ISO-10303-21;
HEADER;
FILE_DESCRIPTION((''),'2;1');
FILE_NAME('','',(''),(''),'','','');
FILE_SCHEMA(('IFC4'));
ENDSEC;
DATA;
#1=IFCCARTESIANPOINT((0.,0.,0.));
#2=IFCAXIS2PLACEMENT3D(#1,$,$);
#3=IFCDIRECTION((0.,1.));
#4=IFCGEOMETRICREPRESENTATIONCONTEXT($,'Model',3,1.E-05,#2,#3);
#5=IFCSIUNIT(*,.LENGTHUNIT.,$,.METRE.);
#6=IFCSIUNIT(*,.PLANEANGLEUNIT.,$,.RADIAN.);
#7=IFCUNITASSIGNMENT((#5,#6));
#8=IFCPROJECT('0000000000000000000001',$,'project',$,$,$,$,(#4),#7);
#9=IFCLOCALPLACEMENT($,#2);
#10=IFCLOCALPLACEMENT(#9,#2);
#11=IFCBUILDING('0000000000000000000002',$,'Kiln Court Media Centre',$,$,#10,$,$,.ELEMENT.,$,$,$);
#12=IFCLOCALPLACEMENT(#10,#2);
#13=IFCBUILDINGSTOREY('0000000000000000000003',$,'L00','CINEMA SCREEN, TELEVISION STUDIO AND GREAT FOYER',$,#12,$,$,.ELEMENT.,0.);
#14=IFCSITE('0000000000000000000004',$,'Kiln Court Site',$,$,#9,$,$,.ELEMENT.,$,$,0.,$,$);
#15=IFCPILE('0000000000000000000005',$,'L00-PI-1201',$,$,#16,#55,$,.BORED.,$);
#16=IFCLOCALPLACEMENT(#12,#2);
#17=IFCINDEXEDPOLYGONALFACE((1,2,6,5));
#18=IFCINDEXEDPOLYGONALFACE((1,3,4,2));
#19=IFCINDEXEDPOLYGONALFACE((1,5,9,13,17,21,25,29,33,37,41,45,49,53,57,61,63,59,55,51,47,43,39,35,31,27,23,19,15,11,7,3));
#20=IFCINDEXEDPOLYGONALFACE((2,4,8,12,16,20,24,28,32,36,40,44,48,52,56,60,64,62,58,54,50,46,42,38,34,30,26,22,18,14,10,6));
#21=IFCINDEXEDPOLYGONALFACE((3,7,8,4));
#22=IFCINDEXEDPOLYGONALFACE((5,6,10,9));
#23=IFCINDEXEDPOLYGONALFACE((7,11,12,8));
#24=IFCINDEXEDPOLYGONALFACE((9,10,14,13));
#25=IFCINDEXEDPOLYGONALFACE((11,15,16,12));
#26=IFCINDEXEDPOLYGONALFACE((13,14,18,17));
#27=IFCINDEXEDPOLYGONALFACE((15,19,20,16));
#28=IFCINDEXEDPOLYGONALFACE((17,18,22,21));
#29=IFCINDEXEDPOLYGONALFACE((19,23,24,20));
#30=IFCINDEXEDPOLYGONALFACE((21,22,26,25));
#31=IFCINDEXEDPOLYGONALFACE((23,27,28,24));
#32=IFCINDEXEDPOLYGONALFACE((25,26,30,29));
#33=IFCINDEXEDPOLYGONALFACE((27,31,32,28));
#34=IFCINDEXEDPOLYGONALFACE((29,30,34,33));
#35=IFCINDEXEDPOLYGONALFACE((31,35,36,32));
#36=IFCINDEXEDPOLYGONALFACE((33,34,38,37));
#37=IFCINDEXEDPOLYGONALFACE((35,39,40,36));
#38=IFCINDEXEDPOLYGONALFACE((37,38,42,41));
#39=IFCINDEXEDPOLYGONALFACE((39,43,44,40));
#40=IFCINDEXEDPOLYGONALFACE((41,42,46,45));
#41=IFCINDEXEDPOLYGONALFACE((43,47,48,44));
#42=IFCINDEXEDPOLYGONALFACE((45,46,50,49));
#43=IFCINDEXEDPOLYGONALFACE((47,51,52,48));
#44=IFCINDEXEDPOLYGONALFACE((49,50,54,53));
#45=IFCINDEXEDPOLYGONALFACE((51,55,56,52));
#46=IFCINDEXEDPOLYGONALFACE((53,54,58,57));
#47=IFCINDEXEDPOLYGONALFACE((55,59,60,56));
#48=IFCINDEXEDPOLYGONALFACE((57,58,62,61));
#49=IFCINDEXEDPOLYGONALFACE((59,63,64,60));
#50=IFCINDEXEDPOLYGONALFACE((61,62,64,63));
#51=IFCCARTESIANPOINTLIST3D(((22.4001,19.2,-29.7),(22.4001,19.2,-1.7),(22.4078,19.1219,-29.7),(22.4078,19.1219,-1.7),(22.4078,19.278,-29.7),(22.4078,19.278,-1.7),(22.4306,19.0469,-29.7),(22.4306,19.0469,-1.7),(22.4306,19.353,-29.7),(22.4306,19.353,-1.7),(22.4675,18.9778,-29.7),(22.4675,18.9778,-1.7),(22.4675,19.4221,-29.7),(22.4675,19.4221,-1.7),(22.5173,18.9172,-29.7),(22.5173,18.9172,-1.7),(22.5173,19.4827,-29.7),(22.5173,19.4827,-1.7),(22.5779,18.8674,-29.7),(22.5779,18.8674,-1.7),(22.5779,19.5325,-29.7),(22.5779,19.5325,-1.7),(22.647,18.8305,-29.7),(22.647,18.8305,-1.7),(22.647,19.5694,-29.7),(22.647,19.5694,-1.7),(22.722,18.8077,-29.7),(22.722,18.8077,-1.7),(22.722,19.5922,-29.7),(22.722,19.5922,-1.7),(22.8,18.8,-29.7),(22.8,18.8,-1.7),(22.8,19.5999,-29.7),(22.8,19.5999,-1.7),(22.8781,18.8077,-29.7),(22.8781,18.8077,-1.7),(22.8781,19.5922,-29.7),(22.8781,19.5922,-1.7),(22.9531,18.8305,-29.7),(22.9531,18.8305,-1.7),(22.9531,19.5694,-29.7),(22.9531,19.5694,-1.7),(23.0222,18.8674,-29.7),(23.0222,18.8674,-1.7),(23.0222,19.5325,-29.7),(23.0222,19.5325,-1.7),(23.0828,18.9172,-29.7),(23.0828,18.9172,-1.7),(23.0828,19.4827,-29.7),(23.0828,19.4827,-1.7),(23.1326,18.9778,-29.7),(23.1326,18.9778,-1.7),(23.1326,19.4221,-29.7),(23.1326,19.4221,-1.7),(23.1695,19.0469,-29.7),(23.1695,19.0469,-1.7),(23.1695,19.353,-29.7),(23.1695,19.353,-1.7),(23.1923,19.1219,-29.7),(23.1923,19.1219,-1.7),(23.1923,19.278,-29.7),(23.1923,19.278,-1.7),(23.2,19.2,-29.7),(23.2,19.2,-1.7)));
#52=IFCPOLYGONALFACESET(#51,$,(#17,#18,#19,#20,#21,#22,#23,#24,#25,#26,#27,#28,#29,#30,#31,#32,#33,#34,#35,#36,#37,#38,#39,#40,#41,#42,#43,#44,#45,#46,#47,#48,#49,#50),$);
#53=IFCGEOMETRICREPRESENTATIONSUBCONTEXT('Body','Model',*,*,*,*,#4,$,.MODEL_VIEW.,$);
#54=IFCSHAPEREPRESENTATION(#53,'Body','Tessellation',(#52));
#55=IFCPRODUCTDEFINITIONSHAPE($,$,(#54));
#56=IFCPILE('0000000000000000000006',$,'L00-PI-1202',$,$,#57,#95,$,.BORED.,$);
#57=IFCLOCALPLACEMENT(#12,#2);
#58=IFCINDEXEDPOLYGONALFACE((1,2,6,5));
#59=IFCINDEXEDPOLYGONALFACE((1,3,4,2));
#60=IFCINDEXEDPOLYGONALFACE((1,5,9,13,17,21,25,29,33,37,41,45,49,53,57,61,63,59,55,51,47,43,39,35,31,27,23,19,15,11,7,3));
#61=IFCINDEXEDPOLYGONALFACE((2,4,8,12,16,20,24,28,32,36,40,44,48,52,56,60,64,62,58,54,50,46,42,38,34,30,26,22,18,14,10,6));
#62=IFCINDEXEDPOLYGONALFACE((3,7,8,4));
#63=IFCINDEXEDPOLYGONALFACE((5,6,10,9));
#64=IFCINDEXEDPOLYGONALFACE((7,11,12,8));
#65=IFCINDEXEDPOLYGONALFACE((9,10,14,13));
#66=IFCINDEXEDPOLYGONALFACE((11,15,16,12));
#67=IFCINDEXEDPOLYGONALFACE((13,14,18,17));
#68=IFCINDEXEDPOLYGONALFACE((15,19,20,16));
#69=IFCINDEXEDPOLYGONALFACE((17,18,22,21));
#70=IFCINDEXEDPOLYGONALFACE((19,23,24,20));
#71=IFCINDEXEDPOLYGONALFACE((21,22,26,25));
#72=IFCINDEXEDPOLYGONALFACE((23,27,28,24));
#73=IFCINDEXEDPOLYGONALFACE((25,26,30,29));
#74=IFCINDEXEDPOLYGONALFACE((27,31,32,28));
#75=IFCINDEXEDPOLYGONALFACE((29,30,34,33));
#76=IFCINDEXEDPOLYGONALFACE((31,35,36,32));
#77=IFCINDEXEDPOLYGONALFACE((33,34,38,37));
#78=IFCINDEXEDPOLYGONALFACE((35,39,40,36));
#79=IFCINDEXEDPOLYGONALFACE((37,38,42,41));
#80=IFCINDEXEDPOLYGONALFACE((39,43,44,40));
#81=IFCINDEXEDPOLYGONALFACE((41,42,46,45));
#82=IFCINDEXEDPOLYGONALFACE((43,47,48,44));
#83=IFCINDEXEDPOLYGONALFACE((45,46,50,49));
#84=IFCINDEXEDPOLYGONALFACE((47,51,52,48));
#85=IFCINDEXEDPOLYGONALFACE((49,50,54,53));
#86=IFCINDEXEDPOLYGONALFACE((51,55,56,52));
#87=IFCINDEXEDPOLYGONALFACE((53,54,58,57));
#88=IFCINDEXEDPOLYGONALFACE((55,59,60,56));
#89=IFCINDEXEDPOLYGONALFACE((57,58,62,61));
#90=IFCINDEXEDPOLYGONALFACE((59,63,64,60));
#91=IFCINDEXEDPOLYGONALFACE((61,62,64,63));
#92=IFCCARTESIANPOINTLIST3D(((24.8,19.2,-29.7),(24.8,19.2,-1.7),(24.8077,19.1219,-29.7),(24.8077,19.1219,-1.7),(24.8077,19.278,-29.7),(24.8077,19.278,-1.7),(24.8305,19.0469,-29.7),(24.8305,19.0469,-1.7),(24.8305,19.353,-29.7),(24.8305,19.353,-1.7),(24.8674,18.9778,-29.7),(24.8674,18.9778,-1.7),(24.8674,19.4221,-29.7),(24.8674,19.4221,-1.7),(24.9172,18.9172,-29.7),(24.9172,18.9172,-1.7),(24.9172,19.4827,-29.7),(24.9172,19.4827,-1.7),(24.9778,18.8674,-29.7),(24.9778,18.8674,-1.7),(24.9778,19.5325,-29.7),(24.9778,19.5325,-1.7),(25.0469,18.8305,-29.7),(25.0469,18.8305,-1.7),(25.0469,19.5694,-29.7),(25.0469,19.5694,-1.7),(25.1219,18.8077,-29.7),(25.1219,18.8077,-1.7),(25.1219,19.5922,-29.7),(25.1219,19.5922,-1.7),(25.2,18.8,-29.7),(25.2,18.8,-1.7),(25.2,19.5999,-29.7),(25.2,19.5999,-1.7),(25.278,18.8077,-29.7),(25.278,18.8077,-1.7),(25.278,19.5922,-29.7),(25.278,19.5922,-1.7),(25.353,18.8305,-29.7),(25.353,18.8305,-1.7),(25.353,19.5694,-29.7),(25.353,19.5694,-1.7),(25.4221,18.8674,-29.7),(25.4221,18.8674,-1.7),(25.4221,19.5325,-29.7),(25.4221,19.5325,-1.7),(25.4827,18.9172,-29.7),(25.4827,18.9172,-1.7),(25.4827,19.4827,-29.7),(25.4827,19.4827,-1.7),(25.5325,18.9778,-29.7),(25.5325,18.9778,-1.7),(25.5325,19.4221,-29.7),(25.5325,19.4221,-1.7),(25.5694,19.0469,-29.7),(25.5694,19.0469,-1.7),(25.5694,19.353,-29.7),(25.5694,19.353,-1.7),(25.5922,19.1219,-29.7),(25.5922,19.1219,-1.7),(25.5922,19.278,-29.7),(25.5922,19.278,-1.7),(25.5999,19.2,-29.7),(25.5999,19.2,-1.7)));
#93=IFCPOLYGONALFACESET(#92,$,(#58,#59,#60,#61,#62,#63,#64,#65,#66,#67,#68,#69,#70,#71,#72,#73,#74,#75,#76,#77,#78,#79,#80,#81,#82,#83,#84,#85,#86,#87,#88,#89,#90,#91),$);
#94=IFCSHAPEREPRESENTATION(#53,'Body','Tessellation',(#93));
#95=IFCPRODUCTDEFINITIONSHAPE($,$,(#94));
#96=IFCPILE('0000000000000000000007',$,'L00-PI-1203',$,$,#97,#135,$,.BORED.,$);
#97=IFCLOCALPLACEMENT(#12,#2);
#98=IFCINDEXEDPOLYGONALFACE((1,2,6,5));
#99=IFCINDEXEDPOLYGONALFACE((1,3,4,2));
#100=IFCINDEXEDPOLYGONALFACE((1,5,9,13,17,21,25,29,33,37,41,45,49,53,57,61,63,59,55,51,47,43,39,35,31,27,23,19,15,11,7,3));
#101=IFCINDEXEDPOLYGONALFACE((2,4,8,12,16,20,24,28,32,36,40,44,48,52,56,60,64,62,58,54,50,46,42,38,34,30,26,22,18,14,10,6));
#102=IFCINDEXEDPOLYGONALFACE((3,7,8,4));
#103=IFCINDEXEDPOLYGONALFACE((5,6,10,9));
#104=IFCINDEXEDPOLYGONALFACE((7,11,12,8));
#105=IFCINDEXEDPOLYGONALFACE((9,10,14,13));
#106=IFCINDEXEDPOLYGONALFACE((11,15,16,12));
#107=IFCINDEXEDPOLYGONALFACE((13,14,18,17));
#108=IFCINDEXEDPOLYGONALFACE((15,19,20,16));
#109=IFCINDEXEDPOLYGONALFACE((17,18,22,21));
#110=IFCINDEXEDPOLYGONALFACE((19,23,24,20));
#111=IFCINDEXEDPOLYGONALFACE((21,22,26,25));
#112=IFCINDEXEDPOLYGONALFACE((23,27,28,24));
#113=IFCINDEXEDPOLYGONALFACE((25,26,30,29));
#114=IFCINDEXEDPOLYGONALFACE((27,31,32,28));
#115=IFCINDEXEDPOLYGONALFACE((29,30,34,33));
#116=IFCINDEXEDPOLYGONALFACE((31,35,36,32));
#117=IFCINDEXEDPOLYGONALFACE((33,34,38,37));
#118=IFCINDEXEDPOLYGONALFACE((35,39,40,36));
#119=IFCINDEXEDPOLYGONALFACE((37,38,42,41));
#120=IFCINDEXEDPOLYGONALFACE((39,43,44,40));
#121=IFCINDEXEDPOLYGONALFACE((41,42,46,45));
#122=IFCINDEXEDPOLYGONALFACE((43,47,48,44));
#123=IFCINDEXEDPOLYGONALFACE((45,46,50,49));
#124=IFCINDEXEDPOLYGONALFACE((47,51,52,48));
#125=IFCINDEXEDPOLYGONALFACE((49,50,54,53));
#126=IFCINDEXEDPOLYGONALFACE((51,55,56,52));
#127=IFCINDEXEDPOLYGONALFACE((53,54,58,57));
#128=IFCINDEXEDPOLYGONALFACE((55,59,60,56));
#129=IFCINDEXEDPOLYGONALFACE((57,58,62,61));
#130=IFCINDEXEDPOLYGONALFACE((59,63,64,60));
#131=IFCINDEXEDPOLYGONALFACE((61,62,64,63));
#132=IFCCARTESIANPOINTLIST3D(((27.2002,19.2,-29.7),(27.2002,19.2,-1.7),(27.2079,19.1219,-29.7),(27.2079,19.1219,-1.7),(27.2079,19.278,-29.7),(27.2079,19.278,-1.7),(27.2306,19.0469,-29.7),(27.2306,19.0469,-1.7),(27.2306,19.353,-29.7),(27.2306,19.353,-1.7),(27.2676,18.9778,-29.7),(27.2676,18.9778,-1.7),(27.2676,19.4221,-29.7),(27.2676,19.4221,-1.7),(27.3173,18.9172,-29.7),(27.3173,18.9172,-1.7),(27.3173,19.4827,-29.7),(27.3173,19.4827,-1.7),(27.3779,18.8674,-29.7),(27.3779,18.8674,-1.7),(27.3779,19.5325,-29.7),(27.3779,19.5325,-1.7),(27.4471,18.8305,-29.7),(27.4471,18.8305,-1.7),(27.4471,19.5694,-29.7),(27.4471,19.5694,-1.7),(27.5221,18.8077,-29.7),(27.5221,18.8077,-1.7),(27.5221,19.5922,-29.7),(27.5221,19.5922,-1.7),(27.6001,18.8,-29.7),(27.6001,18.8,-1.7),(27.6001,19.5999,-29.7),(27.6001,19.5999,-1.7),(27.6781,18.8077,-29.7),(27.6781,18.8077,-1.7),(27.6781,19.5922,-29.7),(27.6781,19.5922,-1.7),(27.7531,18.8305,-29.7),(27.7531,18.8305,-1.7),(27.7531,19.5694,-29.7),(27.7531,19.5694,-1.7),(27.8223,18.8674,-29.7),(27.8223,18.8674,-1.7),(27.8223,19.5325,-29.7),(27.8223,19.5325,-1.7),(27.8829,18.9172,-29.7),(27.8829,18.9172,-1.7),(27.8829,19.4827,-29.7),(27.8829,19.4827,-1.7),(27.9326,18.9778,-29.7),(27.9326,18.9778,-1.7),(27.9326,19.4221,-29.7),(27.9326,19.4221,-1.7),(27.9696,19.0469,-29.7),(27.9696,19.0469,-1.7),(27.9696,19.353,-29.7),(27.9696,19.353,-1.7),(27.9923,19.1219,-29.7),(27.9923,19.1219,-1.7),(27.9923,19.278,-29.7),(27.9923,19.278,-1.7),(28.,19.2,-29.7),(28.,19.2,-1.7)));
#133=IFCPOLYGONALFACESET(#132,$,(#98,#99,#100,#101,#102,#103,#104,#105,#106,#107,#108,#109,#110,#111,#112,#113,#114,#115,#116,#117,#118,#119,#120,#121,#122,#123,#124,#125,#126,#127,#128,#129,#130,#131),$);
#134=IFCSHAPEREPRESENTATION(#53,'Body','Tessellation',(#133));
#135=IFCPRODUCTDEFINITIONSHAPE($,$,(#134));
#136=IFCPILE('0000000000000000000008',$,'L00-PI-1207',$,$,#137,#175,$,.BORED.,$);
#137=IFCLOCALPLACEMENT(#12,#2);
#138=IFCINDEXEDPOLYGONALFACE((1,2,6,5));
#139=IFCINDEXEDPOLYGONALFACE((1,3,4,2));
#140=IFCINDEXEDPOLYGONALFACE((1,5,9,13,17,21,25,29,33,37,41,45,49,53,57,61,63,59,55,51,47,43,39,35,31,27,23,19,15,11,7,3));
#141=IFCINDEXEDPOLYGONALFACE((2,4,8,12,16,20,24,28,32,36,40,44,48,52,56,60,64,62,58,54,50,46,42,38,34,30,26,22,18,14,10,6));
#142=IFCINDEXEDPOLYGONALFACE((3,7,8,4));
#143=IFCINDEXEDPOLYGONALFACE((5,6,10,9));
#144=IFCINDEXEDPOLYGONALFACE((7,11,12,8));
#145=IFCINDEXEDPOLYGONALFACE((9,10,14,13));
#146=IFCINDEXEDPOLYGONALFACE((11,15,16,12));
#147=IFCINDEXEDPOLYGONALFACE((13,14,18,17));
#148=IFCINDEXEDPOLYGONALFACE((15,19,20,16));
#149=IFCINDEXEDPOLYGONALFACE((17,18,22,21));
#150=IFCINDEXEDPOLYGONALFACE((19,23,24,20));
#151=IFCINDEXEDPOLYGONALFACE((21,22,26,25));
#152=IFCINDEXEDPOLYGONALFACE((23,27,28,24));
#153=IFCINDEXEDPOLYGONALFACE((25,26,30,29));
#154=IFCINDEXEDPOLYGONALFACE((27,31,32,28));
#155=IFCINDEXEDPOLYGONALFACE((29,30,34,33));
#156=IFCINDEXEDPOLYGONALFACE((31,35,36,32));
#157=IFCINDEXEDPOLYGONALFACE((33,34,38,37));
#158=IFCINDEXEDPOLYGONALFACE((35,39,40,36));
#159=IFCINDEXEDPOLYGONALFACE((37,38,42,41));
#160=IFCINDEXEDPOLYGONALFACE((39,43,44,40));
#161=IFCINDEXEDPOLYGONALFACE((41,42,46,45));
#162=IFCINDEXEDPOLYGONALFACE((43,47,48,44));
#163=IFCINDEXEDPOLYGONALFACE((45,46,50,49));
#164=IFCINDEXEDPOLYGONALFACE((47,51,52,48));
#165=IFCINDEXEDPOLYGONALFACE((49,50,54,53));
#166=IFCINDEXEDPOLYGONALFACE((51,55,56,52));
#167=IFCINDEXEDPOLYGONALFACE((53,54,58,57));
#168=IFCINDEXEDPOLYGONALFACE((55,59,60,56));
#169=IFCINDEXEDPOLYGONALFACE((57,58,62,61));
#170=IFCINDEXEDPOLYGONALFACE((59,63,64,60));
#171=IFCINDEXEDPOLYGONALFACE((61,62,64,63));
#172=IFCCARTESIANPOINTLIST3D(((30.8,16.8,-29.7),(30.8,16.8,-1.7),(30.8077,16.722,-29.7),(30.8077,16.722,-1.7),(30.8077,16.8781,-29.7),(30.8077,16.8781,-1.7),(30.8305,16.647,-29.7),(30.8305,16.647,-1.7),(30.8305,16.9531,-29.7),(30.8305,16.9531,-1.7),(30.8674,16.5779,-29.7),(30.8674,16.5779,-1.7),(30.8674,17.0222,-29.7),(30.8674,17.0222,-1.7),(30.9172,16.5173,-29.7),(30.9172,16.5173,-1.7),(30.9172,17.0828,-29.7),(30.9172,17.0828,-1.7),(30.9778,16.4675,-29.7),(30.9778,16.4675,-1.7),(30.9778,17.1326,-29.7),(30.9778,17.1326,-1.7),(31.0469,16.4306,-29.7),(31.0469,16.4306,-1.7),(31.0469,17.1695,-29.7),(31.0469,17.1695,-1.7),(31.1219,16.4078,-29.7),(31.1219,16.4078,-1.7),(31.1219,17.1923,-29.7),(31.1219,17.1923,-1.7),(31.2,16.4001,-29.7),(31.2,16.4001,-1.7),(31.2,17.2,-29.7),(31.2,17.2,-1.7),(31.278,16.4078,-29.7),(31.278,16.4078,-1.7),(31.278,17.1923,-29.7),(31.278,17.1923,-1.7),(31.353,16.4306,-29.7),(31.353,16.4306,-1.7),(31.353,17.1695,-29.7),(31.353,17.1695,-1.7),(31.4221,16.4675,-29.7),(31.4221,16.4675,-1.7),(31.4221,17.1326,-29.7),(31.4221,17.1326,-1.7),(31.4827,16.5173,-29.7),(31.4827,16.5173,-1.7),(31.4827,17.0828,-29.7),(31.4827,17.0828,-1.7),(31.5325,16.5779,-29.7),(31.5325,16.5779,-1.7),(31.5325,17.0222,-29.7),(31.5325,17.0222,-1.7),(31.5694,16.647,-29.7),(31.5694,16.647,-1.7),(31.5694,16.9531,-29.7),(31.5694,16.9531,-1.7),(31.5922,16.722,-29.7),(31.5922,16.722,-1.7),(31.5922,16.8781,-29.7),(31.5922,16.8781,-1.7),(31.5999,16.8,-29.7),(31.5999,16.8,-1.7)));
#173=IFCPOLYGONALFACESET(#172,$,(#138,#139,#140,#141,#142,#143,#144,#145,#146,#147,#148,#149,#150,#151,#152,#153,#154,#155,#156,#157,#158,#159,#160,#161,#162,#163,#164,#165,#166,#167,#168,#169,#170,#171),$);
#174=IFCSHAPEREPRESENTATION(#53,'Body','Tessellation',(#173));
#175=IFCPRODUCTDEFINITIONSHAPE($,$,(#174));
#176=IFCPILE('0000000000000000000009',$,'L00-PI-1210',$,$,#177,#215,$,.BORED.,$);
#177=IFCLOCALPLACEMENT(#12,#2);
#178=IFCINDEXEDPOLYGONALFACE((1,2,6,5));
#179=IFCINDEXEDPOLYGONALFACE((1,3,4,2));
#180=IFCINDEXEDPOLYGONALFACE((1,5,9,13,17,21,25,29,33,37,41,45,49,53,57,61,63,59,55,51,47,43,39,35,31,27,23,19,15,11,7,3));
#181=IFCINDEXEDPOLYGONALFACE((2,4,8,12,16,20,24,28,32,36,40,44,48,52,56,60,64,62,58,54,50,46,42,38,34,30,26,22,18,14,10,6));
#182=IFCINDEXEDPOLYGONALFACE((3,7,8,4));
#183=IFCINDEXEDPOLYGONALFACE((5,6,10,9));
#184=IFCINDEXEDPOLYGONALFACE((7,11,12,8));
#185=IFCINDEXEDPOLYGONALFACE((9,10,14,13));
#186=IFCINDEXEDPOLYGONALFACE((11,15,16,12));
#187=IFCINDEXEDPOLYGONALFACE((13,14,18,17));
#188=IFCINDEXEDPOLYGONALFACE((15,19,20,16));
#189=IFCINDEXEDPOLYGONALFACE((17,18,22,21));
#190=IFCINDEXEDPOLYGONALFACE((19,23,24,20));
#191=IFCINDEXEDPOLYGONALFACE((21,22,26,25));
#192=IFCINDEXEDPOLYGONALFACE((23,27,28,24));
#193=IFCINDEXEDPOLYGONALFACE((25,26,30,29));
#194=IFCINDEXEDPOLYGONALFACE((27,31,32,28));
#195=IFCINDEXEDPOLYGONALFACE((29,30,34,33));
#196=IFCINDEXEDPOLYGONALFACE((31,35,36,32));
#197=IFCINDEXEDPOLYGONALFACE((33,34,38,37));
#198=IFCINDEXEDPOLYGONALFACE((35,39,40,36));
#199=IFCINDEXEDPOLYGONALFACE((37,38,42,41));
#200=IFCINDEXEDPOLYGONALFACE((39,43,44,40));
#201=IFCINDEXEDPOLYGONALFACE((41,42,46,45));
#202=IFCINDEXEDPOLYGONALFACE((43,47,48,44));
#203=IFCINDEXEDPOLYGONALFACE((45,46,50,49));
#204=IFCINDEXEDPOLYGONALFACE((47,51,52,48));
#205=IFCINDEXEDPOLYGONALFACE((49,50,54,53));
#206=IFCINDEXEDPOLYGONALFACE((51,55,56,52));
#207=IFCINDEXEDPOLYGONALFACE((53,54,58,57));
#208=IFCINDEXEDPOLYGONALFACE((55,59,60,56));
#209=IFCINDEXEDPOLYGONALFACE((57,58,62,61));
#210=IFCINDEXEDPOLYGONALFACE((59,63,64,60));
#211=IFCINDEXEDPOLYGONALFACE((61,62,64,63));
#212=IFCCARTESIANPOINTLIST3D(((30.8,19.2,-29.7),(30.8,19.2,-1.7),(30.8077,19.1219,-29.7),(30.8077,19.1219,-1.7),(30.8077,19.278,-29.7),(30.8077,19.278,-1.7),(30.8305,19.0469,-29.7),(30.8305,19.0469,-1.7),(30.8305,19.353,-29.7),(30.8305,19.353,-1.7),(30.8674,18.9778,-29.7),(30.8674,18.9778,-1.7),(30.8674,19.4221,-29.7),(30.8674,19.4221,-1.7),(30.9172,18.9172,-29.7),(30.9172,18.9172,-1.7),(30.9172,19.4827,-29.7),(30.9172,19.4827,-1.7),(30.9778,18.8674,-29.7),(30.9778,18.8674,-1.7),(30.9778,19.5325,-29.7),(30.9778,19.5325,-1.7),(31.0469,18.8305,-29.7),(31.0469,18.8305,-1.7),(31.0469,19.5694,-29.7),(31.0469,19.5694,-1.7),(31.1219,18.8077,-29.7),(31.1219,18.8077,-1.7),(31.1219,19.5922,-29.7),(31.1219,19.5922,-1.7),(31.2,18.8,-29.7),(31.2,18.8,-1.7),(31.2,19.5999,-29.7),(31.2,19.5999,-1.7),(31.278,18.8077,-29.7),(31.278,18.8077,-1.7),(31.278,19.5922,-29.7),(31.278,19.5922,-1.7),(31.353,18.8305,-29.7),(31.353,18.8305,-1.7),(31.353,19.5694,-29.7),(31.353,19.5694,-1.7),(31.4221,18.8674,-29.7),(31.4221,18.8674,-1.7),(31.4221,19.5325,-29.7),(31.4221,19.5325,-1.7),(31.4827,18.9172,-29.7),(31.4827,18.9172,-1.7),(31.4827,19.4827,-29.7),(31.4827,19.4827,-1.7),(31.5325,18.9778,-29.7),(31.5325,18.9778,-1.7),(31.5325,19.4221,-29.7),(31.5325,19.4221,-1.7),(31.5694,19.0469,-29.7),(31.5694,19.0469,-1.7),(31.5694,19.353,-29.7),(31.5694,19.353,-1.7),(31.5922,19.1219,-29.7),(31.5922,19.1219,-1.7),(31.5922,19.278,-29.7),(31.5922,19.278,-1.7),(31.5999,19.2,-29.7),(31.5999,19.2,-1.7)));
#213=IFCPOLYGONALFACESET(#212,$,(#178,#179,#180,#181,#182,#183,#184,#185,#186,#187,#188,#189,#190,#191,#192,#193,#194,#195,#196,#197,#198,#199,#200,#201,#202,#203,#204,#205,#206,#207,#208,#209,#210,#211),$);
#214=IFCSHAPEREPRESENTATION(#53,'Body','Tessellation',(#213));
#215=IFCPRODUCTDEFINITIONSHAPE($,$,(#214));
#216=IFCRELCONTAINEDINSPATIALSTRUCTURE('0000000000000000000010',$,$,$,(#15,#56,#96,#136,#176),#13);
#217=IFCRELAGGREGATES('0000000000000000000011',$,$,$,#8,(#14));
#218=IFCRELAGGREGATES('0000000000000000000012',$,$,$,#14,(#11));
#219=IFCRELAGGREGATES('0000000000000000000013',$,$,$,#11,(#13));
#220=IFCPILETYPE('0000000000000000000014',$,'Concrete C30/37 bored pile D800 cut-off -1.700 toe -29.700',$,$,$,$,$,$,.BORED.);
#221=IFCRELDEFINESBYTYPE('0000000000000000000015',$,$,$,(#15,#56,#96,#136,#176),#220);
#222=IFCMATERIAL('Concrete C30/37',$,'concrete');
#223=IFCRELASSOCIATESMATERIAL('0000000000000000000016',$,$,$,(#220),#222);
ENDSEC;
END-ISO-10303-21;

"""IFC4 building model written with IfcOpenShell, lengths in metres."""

from ifc_helpers import new_model, si_unit, direction, frame, origin, origin_2d, place, context, subcontext, project, spatial, circle, extrude, material, material_profile, profile_set, type_object, element, save


model = new_model("IFC4")

# Units and contexts
model_context = context("Model", 3, precision=1e-05, world=origin(), true_north=direction((0.0, 1.0)))
body_context = subcontext(model_context, "Body", "Model", "MODEL_VIEW")
ifc_project = project(units=[si_unit("LENGTHUNIT", "METRE"), si_unit("PLANEANGLEUNIT", "RADIAN")], contexts=[model_context])

# Site, building, storey
site_placement = place(None, origin())
site = spatial("IfcSite", under=ifc_project, at=site_placement, Name="Kiln Court Site", CompositionType="ELEMENT", RefElevation=0.0)
building_placement = place(site_placement, origin())
building = spatial("IfcBuilding", under=site, at=building_placement, Name="Kiln Court Media Centre", CompositionType="ELEMENT")
storey_placement = place(building_placement, origin())
storey = spatial("IfcBuildingStorey", under=building, at=storey_placement, Name="L00", Description="CINEMA SCREEN, TELEVISION STUDIO AND GREAT FOYER", CompositionType="ELEMENT", Elevation=0.0)

# Piles
ifc_material_1 = material(Name="Concrete C30/37", Category="concrete")
ifc_material_profile_1 = material_profile(ifc_material_1, circle(Radius=0.3999, at=origin_2d()), Name="PILE D800")
ifc_profile_set_1 = profile_set([ifc_material_profile_1], Name="Concrete C30/37")
pile_type = type_object("IfcPileType", Name="Concrete C30/37 bored pile D800 cut-off -1.700 toe -29.700", PredefinedType="BORED", material=ifc_profile_set_1)
for number, where, z_axis, x_axis, name in (
    (1, (22.8, 19.2, -1.7), (0.0, 0.0, -1.0), (1.0, 0.0, 0.0), "L00-PI-1201"),
    (2, (25.2, 19.2, -1.7), (0.0, 0.0, -1.0), (1.0, 0.0, 0.0), "L00-PI-1202"),
    (3, (27.6001, 19.2, -1.7), (0.0, 0.0, -1.0), (1.0, 0.0, 0.0), "L00-PI-1203"),
    (4, (31.2, 16.8, -1.7), (0.0, 0.0, -1.0), (1.0, 0.0, 0.0), "L00-PI-1207"),
    (5, (31.2, 19.2, -1.7), (0.0, 0.0, -1.0), (1.0, 0.0, 0.0), "L00-PI-1210"),
):
    element("IfcPile", number, at=place(storey_placement, frame(where, z_axis=z_axis, x_axis=x_axis)), inside=storey, type_object=pile_type, Name=name, PredefinedType="BORED", context=body_context, shape_type="SweptSolid", body=[
        extrude(circle(Radius=0.3999, at=origin_2d()), origin(), (0.0, 0.0, 1.0), 28.0),
    ])

save(model, "model.ifc")
